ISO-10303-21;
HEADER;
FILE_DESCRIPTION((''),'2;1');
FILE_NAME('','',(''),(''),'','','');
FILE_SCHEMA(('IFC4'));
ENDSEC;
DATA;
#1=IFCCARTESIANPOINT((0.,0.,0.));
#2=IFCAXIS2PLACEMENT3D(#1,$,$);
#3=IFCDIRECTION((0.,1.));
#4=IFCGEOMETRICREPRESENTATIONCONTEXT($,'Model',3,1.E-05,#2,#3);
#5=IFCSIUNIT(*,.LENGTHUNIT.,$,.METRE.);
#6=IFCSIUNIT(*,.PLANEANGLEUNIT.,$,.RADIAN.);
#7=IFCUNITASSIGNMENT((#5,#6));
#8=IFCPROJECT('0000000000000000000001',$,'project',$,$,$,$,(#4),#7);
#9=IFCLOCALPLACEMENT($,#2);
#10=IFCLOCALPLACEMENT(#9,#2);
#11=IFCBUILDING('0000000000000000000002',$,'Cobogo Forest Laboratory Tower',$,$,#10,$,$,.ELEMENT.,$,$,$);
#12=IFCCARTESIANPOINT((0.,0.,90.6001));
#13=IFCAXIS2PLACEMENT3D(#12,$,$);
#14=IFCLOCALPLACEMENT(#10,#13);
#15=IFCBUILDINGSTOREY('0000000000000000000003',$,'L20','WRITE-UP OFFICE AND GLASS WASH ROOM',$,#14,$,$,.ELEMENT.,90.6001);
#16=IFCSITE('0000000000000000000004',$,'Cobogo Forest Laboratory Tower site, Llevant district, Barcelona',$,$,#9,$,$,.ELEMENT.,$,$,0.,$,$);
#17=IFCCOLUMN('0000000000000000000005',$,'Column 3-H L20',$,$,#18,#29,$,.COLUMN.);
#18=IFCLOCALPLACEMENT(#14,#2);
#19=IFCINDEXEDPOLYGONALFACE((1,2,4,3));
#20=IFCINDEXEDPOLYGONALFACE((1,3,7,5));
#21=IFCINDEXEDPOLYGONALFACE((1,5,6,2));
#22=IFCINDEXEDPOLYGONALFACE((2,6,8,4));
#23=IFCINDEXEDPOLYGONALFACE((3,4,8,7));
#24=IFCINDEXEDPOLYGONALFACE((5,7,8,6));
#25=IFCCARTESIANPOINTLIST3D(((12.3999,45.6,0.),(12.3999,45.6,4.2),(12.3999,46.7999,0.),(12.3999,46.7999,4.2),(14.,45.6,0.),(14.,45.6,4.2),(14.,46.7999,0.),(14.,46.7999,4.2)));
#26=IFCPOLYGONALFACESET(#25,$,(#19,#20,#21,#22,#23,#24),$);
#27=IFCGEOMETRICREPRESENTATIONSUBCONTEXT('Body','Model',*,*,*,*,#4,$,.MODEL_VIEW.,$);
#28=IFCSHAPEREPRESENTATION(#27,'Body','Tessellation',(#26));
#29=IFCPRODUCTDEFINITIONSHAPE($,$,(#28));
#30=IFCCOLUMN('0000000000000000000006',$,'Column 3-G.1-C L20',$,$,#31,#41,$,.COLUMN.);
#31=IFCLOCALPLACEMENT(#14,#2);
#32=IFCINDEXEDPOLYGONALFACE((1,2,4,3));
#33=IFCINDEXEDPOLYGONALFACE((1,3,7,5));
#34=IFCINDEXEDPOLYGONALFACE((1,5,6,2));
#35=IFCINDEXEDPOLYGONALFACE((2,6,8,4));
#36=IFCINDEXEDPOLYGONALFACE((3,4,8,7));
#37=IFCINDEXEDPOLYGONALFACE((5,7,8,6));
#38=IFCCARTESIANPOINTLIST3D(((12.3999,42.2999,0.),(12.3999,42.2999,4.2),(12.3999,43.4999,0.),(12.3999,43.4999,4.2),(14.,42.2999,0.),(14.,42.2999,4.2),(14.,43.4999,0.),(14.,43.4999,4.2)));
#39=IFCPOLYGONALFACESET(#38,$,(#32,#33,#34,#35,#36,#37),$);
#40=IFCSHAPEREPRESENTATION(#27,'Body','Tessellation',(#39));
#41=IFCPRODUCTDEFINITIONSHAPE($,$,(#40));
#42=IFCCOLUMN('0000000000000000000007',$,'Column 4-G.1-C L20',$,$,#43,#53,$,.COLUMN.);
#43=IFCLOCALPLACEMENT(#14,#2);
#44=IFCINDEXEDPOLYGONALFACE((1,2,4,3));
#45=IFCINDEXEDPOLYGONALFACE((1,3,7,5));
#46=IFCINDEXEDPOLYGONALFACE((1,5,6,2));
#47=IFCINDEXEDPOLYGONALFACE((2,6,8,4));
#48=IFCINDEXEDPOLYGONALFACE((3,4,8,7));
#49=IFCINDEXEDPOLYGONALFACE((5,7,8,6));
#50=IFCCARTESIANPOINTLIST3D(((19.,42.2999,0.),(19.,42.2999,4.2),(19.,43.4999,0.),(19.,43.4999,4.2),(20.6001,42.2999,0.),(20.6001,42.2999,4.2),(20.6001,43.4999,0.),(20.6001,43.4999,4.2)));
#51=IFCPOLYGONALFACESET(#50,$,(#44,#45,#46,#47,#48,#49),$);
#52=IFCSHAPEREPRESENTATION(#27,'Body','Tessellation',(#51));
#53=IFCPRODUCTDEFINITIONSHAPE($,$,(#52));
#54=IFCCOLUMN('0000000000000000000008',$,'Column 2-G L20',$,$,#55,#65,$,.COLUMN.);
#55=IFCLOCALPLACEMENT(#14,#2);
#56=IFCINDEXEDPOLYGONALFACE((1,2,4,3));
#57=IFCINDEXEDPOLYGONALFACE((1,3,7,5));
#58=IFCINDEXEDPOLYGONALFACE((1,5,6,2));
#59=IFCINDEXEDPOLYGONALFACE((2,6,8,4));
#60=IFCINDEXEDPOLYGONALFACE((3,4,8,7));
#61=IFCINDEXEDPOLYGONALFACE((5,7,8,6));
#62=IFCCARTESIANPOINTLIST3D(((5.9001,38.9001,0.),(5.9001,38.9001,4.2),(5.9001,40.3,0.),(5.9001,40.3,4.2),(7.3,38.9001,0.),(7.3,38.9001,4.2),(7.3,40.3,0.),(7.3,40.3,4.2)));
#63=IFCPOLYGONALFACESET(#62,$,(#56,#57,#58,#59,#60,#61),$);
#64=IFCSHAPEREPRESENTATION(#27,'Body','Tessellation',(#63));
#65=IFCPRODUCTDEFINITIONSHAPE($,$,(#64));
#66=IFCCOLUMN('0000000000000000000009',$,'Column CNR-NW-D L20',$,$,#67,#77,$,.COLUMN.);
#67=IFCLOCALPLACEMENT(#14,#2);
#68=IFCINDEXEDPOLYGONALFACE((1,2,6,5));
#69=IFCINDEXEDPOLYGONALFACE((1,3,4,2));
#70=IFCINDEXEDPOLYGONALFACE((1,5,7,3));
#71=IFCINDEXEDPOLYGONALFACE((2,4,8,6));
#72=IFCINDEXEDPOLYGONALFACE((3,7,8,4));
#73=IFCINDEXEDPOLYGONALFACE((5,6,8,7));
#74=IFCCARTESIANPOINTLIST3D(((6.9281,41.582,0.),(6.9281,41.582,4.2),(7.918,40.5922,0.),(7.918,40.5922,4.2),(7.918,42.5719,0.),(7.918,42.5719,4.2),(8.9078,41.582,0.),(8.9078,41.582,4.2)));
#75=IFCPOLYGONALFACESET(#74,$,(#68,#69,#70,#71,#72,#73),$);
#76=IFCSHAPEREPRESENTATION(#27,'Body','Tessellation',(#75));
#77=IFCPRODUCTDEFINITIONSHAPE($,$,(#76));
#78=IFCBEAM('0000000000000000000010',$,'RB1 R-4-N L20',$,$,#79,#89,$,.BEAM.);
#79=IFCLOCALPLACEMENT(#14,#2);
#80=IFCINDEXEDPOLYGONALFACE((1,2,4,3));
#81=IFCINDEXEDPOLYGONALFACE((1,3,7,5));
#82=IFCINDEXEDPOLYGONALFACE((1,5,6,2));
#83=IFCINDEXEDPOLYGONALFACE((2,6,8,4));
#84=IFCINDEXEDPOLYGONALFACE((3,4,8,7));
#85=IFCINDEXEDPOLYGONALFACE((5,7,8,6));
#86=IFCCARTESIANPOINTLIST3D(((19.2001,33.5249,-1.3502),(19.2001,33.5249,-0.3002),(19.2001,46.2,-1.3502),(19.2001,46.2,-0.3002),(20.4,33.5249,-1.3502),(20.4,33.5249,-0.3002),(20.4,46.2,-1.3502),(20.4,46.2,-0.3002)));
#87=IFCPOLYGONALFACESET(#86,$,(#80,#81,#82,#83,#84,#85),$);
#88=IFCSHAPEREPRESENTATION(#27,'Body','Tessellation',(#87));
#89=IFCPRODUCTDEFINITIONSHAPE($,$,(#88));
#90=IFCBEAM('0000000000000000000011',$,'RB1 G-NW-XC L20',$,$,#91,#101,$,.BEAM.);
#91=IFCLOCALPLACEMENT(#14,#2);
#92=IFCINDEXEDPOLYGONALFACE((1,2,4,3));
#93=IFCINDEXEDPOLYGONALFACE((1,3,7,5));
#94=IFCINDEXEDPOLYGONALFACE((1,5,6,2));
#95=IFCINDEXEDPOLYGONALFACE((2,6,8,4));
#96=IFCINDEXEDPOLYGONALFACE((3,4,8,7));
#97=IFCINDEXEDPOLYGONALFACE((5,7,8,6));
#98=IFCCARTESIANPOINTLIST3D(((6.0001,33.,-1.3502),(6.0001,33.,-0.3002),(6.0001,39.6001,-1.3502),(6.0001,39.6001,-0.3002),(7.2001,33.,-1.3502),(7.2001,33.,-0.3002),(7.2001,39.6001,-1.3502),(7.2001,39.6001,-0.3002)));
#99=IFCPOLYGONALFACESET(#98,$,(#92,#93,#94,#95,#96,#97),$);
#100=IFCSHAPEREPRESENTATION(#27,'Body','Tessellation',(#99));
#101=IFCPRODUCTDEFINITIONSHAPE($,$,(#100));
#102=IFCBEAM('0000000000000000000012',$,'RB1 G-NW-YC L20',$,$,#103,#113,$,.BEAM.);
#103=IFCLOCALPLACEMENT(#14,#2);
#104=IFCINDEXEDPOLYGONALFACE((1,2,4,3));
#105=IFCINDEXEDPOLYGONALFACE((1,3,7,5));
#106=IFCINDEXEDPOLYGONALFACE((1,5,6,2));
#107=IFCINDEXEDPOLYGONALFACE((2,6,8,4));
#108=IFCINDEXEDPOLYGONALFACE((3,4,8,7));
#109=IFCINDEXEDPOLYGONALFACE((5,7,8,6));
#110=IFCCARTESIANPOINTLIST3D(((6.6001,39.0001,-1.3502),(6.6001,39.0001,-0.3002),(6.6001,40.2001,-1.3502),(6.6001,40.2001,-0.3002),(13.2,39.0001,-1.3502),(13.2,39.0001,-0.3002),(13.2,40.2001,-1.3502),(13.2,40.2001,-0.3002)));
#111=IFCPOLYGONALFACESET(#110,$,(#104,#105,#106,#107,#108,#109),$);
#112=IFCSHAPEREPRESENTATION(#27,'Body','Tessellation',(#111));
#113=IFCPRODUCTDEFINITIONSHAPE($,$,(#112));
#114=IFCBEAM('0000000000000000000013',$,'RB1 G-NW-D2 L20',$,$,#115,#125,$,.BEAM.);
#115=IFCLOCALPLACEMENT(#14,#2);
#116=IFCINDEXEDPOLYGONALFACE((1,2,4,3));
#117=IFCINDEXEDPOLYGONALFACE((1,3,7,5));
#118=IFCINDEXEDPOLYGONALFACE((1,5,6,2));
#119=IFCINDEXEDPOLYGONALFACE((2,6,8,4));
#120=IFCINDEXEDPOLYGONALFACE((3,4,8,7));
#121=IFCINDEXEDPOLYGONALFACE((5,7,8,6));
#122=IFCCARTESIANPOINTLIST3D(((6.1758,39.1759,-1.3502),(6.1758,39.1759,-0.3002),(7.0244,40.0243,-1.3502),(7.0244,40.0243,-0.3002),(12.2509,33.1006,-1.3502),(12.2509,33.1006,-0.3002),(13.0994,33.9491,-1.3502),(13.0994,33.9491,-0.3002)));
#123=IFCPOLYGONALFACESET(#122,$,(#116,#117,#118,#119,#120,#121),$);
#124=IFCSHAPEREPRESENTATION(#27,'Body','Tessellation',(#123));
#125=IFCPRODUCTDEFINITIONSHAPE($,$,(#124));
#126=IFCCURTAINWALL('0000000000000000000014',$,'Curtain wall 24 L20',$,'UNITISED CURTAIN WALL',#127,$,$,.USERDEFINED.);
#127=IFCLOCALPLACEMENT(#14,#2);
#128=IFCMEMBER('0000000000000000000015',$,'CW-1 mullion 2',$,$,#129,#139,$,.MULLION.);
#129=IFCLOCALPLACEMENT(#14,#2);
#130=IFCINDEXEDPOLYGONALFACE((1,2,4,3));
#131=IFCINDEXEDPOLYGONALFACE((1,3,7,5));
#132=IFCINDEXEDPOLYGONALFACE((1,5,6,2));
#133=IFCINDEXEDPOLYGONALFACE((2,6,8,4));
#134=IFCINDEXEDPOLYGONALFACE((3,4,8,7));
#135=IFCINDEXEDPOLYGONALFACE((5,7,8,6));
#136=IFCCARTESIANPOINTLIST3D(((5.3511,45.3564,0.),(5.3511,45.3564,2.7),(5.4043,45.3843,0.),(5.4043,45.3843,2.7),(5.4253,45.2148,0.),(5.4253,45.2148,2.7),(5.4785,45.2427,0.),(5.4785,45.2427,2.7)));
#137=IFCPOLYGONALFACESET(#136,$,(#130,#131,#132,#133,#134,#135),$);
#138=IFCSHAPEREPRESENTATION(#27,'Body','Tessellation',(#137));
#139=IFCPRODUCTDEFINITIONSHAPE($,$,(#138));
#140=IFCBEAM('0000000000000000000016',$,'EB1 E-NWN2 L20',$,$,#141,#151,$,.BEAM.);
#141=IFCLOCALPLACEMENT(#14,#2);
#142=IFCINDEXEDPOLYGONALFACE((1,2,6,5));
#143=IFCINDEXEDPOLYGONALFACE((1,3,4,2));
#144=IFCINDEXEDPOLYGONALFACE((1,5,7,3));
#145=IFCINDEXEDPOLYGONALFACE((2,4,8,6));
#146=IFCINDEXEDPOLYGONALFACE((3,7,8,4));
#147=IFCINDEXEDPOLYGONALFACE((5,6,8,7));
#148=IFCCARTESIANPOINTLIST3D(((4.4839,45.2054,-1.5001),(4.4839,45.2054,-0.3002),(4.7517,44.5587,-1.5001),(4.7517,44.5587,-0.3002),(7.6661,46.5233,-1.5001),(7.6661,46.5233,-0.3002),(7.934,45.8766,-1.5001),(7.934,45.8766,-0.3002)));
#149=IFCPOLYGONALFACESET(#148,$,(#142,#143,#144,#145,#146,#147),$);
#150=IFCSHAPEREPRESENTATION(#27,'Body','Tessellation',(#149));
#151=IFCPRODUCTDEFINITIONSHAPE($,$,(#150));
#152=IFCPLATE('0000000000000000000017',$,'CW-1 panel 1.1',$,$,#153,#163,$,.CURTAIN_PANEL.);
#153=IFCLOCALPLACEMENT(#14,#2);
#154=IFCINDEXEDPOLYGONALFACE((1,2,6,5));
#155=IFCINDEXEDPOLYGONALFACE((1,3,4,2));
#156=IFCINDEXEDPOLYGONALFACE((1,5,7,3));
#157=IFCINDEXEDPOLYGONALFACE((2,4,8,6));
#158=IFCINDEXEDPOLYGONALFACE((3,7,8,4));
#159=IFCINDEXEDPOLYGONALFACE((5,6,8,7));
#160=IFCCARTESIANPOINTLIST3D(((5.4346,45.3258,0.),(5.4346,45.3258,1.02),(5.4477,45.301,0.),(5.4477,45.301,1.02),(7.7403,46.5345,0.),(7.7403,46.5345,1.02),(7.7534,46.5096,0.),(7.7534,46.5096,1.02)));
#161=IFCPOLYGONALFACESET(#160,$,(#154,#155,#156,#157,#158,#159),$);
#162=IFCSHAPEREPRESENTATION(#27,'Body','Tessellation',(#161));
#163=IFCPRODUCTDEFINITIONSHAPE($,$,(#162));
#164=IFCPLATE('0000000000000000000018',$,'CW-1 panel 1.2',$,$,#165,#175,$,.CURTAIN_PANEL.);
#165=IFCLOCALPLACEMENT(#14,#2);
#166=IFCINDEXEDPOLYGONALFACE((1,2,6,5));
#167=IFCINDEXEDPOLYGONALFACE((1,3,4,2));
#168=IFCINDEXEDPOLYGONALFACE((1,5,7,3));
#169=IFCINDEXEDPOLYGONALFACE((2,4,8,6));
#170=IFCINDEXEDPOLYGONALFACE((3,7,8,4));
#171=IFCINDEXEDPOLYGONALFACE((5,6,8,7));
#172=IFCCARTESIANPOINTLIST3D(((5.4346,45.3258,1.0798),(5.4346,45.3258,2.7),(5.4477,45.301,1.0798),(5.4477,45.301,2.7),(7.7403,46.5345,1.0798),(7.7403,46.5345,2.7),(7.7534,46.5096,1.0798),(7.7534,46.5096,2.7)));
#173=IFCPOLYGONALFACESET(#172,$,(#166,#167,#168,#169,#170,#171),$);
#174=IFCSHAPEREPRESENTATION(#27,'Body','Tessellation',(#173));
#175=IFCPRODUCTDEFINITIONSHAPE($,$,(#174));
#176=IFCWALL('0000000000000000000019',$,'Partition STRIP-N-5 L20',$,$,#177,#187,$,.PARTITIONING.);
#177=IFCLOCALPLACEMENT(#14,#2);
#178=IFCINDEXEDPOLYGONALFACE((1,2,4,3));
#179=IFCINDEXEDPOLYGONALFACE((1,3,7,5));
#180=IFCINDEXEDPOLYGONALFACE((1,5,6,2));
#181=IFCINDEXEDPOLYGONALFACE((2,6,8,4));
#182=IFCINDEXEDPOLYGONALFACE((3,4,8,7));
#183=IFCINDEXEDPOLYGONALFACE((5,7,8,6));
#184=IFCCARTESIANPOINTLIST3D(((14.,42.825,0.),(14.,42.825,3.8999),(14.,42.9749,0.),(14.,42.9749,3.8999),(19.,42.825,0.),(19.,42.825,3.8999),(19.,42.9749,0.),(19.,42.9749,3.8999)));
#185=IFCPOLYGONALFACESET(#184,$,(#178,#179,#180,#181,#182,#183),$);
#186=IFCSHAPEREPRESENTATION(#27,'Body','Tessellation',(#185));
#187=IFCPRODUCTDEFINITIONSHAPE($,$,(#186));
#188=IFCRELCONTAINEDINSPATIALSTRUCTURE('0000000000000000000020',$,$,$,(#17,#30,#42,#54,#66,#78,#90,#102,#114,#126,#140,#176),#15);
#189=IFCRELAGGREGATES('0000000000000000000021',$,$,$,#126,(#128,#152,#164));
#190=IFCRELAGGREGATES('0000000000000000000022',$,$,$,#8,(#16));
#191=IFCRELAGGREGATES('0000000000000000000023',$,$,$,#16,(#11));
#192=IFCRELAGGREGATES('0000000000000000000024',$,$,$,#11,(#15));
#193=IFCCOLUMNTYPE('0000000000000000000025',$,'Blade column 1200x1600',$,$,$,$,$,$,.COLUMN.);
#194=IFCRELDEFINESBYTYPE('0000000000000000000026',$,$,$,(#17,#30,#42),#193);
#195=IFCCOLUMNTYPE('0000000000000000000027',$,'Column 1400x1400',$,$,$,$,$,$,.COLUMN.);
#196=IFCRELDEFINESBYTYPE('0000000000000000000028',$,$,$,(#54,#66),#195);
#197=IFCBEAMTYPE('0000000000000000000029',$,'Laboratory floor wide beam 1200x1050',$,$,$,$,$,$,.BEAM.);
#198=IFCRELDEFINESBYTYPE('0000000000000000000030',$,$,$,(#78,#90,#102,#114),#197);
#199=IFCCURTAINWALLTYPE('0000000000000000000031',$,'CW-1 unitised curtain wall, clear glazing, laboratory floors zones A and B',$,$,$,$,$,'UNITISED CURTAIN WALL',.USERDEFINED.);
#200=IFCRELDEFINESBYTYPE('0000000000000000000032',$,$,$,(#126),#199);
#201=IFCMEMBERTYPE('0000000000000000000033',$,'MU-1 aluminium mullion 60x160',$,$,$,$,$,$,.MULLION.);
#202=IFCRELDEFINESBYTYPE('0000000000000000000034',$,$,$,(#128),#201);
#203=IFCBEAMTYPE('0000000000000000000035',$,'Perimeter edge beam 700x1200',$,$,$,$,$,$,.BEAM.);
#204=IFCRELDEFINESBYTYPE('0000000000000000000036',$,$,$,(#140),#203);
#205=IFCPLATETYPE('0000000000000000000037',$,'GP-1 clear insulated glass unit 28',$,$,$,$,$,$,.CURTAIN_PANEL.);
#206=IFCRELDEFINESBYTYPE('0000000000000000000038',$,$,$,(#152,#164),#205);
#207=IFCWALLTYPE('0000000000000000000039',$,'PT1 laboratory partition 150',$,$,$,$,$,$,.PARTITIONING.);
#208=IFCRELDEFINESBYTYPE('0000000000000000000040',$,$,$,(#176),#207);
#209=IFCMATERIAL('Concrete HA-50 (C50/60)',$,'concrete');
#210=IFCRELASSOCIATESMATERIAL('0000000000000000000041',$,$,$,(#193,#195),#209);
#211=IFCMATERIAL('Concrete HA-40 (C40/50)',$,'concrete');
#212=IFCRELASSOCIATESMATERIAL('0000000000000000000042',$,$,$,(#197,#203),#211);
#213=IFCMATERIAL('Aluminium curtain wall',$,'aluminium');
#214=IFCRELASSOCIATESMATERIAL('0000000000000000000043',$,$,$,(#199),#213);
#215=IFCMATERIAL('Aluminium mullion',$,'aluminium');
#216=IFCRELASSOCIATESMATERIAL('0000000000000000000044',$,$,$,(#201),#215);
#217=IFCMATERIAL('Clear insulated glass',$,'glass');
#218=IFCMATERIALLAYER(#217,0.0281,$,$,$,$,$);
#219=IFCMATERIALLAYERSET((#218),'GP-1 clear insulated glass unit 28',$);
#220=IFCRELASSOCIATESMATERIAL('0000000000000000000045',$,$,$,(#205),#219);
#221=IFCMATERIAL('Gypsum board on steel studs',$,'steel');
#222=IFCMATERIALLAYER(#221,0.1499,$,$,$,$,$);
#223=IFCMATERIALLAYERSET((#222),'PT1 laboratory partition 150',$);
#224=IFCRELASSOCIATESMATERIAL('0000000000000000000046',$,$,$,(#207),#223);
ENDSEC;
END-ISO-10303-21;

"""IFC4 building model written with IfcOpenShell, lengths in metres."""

from ifc_helpers import new_model, si_unit, direction, frame, frame_2d, origin, origin_2d, place, context, subcontext, project, spatial, rectangle, extrude, material, layer, layer_set, material_profile, profile_set, type_object, element, aggregate, save


model = new_model("IFC4")

# Units and contexts
model_context = context("Model", 3, precision=1e-05, world=origin(), true_north=direction((0.0, 1.0)))
body_context = subcontext(model_context, "Body", "Model", "MODEL_VIEW")
ifc_project = project(units=[si_unit("LENGTHUNIT", "METRE"), si_unit("PLANEANGLEUNIT", "RADIAN")], contexts=[model_context])

# Site, building, storey
site_placement = place(None, origin())
site = spatial("IfcSite", under=ifc_project, at=site_placement, Name="Cobogo Forest Laboratory Tower site, Llevant district, Barcelona", CompositionType="ELEMENT", RefElevation=0.0)
building_placement = place(site_placement, origin())
building = spatial("IfcBuilding", under=site, at=building_placement, Name="Cobogo Forest Laboratory Tower", CompositionType="ELEMENT")
storey_placement = place(building_placement, frame((0.0, 0.0, 90.6001)))
storey = spatial("IfcBuildingStorey", under=building, at=storey_placement, Name="L20", Description="WRITE-UP OFFICE AND GLASS WASH ROOM", CompositionType="ELEMENT", Elevation=90.6001)

# Columns
ifc_material_1 = material(Name="Concrete HA-50 (C50/60)", Category="concrete")
ifc_material_profile_1 = material_profile(ifc_material_1, rectangle(XDim=1.6001, YDim=1.2, at=origin_2d()), Name="RC 1200x1600")
ifc_profile_set_1 = profile_set([ifc_material_profile_1], Name="Concrete HA-50 (C50/60)")
column_type_1 = type_object("IfcColumnType", Name="Blade column 1200x1600", PredefinedType="COLUMN", material=ifc_profile_set_1)
for number, where, z_axis, x_axis, name in (
    (1, (13.2, 46.2, 0.0), (0.0, 0.0, 1.0), (1.0, 0.0, 0.0), "Column 3-H L20"),
    (2, (13.2, 42.8999, 0.0), (0.0, 0.0, 1.0), (1.0, 0.0, 0.0), "Column 3-G.1-C L20"),
    (3, (19.8, 42.8999, 0.0), (0.0, 0.0, 1.0), (1.0, 0.0, 0.0), "Column 4-G.1-C L20"),
):
    element("IfcColumn", number, at=place(storey_placement, frame(where, z_axis=z_axis, x_axis=x_axis)), inside=storey, type_object=column_type_1, Name=name, PredefinedType="COLUMN", context=body_context, shape_type="SweptSolid", body=[
        extrude(rectangle(XDim=1.6001, YDim=1.2, at=origin_2d()), origin(), (0.0, 0.0, 1.0), 4.2),
    ])
ifc_material_profile_2 = material_profile(ifc_material_1, rectangle(XDim=1.3999, YDim=1.3999, at=origin_2d()), Name="RC 1400x1400")
ifc_profile_set_2 = profile_set([ifc_material_profile_2], Name="Concrete HA-50 (C50/60)")
column_type_2 = type_object("IfcColumnType", Name="Column 1400x1400", PredefinedType="COLUMN", material=ifc_profile_set_2)
for number, where, z_axis, x_axis, name in (
    (4, (6.6001, 39.6001, 0.0), (0.0, 0.0, 1.0), (1.0, 0.0, 0.0), "Column 2-G L20"),
    (5, (7.918, 41.582, 0.0), (0.0, 0.0, 1.0), (0.707107, 0.707107, 0.0), "Column CNR-NW-D L20"),
):
    element("IfcColumn", number, at=place(storey_placement, frame(where, z_axis=z_axis, x_axis=x_axis)), inside=storey, type_object=column_type_2, Name=name, PredefinedType="COLUMN", context=body_context, shape_type="SweptSolid", body=[
        extrude(rectangle(XDim=1.3999, YDim=1.3999, at=origin_2d()), origin(), (0.0, 0.0, 1.0), 4.2),
    ])

# Beams
ifc_material_2 = material(Name="Concrete HA-40 (C40/50)", Category="concrete")
ifc_material_profile_3 = material_profile(ifc_material_2, rectangle(XDim=1.2, YDim=1.05, at=origin_2d()), Name="RC 1200x1050")
ifc_profile_set_3 = profile_set([ifc_material_profile_3], Name="Concrete HA-40 (C40/50)")
beam_type_1 = type_object("IfcBeamType", Name="Laboratory floor wide beam 1200x1050", PredefinedType="BEAM", material=ifc_profile_set_3)
beam_1_placement = place(storey_placement, frame((19.8, 33.5249, -0.8252), z_axis=(0.0, 1.0, 0.0), x_axis=(-1.0, 0.0, 0.0)))
element("IfcBeam", 6, at=beam_1_placement, inside=storey, type_object=beam_type_1, Name="RB1 R-4-N L20", PredefinedType="BEAM", context=body_context, shape_type="SweptSolid", body=[
    extrude(rectangle(XDim=1.2, YDim=1.05, at=origin_2d()), origin(), (0.0, 0.0, 1.0), 12.675),
])
beam_2_placement = place(storey_placement, frame((6.6001, 39.6001, -0.8252), z_axis=(0.0, -1.0, 0.0), x_axis=(1.0, 0.0, 0.0)))
element("IfcBeam", 7, at=beam_2_placement, inside=storey, type_object=beam_type_1, Name="RB1 G-NW-XC L20", PredefinedType="BEAM", context=body_context, shape_type="SweptSolid", body=[
    extrude(rectangle(XDim=1.2, YDim=1.05, at=origin_2d()), origin(), (0.0, 0.0, 1.0), 6.6001),
])
beam_3_placement = place(storey_placement, frame((6.6001, 39.6001, -0.8252), z_axis=(1.0, 0.0, 0.0), x_axis=(0.0, 1.0, 0.0)))
element("IfcBeam", 8, at=beam_3_placement, inside=storey, type_object=beam_type_1, Name="RB1 G-NW-YC L20", PredefinedType="BEAM", context=body_context, shape_type="SweptSolid", body=[
    extrude(rectangle(XDim=1.2, YDim=1.05, at=origin_2d()), origin(), (0.0, 0.0, 1.0), 6.5999),
])
beam_4_placement = place(storey_placement, frame((6.6001, 39.6001, -0.8252), z_axis=(0.707093, -0.707121, 0.0), x_axis=(0.707121, 0.707093, 0.0)))
element("IfcBeam", 9, at=beam_4_placement, inside=storey, type_object=beam_type_1, Name="RB1 G-NW-D2 L20", PredefinedType="BEAM", context=body_context, shape_type="SweptSolid", body=[
    extrude(rectangle(XDim=1.2, YDim=1.05, at=origin_2d()), origin(), (0.0, 0.0, 1.0), 8.5916),
])

# Curtain wall, member
ifc_material_3 = material(Name="Aluminium curtain wall", Category="aluminium")
curtain_wall_type = type_object("IfcCurtainWallType", Name="CW-1 unitised curtain wall, clear glazing, laboratory floors zones A and B", ElementType="UNITISED CURTAIN WALL", PredefinedType="USERDEFINED", material=ifc_material_3)
curtain_wall_placement = place(storey_placement, origin())
curtain_wall = element("IfcCurtainWall", 10, at=curtain_wall_placement, inside=storey, type_object=curtain_wall_type, Name="Curtain wall 24 L20", ObjectType="UNITISED CURTAIN WALL", PredefinedType="USERDEFINED")
ifc_material_4 = material(Name="Aluminium mullion", Category="aluminium")
ifc_material_profile_4 = material_profile(ifc_material_4, rectangle(XDim=0.0601, YDim=0.1599, at=origin_2d()), Name="AL 60x160")
ifc_profile_set_4 = profile_set([ifc_material_profile_4], Name="Aluminium mullion")
member_type = type_object("IfcMemberType", Name="MU-1 aluminium mullion 60x160", PredefinedType="MULLION", material=ifc_profile_set_4)
member_placement = place(storey_placement, frame((5.4148, 45.2996, 0.0), z_axis=(0.0, 0.0, 1.0), x_axis=(-0.885687, -0.464284, 0.0)))
member = element("IfcMember", 11, at=member_placement, type_object=member_type, Name="CW-1 mullion 2", PredefinedType="MULLION", context=body_context, shape_type="SweptSolid", body=[
    extrude(rectangle(XDim=0.0601, YDim=0.1599, at=origin_2d()), origin(), (0.0, 0.0, 1.0), 2.7),
])

# Beam
ifc_material_profile_5 = material_profile(ifc_material_2, rectangle(XDim=0.7, YDim=1.2, at=origin_2d()), Name="RC 700x1200")
ifc_profile_set_5 = profile_set([ifc_material_profile_5], Name="Concrete HA-40 (C40/50)")
beam_type_2 = type_object("IfcBeamType", Name="Perimeter edge beam 700x1200", PredefinedType="BEAM", material=ifc_profile_set_5)
beam_5_placement = place(storey_placement, frame((7.8, 46.2, -0.9001), z_axis=(-0.923901, -0.382631, 0.0), x_axis=(0.382631, -0.923901, 0.0)))
element("IfcBeam", 12, at=beam_5_placement, inside=storey, type_object=beam_type_2, Name="EB1 E-NWN2 L20", PredefinedType="BEAM", context=body_context, shape_type="SweptSolid", body=[
    extrude(rectangle(XDim=0.7, YDim=1.2, at=origin_2d()), origin(), (0.0, 0.0, 1.0), 3.4443),
])

# Plates
ifc_material_5 = material(Name="Clear insulated glass", Category="glass")
ifc_layer_1 = layer(ifc_material_5, 0.0281)
ifc_layer_set_1 = layer_set([ifc_layer_1], Name="GP-1 clear insulated glass unit 28")
plate_type = type_object("IfcPlateType", Name="GP-1 clear insulated glass unit 28", PredefinedType="CURTAIN_PANEL", material=ifc_layer_set_1)
plate_1_placement = place(storey_placement, frame((6.594, 45.9177, 0.0), z_axis=(0.0, 0.0, 1.0), x_axis=(-0.885687, -0.464284, 0.0)))
plate_1 = element("IfcPlate", 13, at=plate_1_placement, type_object=plate_type, Name="CW-1 panel 1.1", PredefinedType="CURTAIN_PANEL", context=body_context, shape_type="SweptSolid", body=[
    extrude(rectangle(XDim=2.6033, YDim=0.0281, at=origin_2d()), origin(), (0.0, 0.0, 1.0), 1.02),
])
plate_2_placement = place(storey_placement, frame((6.594, 45.9177, 1.0798), z_axis=(0.0, 0.0, 1.0), x_axis=(-0.885687, -0.464284, 0.0)))
plate_2 = element("IfcPlate", 14, at=plate_2_placement, type_object=plate_type, Name="CW-1 panel 1.2", PredefinedType="CURTAIN_PANEL", context=body_context, shape_type="SweptSolid", body=[
    extrude(rectangle(XDim=2.6033, YDim=0.0281, at=origin_2d()), origin(), (0.0, 0.0, 1.0), 1.6201),
])
aggregate(curtain_wall, [member, plate_1, plate_2])

# Wall
ifc_material_6 = material(Name="Gypsum board on steel studs", Category="steel")
ifc_layer_2 = layer(ifc_material_6, 0.1499)
ifc_layer_set_2 = layer_set([ifc_layer_2], Name="PT1 laboratory partition 150")
wall_type_1 = type_object("IfcWallType", Name="PT1 laboratory partition 150", PredefinedType="PARTITIONING", material=ifc_layer_set_2)
wall_1_placement = place(storey_placement, frame((19.0, 42.8999, 0.0), z_axis=(0.0, 0.0, 1.0), x_axis=(-1.0, 0.0, 0.0)))
element("IfcWall", 15, at=wall_1_placement, inside=storey, type_object=wall_type_1, Name="Partition STRIP-N-5 L20", PredefinedType="PARTITIONING", context=body_context, shape_type="SweptSolid", body=[
    extrude(rectangle(XDim=5.0, YDim=0.1499, at=frame_2d((2.5, 0.0))), origin(), (0.0, 0.0, 1.0), 3.8999),
])

save(model, "model.ifc")
